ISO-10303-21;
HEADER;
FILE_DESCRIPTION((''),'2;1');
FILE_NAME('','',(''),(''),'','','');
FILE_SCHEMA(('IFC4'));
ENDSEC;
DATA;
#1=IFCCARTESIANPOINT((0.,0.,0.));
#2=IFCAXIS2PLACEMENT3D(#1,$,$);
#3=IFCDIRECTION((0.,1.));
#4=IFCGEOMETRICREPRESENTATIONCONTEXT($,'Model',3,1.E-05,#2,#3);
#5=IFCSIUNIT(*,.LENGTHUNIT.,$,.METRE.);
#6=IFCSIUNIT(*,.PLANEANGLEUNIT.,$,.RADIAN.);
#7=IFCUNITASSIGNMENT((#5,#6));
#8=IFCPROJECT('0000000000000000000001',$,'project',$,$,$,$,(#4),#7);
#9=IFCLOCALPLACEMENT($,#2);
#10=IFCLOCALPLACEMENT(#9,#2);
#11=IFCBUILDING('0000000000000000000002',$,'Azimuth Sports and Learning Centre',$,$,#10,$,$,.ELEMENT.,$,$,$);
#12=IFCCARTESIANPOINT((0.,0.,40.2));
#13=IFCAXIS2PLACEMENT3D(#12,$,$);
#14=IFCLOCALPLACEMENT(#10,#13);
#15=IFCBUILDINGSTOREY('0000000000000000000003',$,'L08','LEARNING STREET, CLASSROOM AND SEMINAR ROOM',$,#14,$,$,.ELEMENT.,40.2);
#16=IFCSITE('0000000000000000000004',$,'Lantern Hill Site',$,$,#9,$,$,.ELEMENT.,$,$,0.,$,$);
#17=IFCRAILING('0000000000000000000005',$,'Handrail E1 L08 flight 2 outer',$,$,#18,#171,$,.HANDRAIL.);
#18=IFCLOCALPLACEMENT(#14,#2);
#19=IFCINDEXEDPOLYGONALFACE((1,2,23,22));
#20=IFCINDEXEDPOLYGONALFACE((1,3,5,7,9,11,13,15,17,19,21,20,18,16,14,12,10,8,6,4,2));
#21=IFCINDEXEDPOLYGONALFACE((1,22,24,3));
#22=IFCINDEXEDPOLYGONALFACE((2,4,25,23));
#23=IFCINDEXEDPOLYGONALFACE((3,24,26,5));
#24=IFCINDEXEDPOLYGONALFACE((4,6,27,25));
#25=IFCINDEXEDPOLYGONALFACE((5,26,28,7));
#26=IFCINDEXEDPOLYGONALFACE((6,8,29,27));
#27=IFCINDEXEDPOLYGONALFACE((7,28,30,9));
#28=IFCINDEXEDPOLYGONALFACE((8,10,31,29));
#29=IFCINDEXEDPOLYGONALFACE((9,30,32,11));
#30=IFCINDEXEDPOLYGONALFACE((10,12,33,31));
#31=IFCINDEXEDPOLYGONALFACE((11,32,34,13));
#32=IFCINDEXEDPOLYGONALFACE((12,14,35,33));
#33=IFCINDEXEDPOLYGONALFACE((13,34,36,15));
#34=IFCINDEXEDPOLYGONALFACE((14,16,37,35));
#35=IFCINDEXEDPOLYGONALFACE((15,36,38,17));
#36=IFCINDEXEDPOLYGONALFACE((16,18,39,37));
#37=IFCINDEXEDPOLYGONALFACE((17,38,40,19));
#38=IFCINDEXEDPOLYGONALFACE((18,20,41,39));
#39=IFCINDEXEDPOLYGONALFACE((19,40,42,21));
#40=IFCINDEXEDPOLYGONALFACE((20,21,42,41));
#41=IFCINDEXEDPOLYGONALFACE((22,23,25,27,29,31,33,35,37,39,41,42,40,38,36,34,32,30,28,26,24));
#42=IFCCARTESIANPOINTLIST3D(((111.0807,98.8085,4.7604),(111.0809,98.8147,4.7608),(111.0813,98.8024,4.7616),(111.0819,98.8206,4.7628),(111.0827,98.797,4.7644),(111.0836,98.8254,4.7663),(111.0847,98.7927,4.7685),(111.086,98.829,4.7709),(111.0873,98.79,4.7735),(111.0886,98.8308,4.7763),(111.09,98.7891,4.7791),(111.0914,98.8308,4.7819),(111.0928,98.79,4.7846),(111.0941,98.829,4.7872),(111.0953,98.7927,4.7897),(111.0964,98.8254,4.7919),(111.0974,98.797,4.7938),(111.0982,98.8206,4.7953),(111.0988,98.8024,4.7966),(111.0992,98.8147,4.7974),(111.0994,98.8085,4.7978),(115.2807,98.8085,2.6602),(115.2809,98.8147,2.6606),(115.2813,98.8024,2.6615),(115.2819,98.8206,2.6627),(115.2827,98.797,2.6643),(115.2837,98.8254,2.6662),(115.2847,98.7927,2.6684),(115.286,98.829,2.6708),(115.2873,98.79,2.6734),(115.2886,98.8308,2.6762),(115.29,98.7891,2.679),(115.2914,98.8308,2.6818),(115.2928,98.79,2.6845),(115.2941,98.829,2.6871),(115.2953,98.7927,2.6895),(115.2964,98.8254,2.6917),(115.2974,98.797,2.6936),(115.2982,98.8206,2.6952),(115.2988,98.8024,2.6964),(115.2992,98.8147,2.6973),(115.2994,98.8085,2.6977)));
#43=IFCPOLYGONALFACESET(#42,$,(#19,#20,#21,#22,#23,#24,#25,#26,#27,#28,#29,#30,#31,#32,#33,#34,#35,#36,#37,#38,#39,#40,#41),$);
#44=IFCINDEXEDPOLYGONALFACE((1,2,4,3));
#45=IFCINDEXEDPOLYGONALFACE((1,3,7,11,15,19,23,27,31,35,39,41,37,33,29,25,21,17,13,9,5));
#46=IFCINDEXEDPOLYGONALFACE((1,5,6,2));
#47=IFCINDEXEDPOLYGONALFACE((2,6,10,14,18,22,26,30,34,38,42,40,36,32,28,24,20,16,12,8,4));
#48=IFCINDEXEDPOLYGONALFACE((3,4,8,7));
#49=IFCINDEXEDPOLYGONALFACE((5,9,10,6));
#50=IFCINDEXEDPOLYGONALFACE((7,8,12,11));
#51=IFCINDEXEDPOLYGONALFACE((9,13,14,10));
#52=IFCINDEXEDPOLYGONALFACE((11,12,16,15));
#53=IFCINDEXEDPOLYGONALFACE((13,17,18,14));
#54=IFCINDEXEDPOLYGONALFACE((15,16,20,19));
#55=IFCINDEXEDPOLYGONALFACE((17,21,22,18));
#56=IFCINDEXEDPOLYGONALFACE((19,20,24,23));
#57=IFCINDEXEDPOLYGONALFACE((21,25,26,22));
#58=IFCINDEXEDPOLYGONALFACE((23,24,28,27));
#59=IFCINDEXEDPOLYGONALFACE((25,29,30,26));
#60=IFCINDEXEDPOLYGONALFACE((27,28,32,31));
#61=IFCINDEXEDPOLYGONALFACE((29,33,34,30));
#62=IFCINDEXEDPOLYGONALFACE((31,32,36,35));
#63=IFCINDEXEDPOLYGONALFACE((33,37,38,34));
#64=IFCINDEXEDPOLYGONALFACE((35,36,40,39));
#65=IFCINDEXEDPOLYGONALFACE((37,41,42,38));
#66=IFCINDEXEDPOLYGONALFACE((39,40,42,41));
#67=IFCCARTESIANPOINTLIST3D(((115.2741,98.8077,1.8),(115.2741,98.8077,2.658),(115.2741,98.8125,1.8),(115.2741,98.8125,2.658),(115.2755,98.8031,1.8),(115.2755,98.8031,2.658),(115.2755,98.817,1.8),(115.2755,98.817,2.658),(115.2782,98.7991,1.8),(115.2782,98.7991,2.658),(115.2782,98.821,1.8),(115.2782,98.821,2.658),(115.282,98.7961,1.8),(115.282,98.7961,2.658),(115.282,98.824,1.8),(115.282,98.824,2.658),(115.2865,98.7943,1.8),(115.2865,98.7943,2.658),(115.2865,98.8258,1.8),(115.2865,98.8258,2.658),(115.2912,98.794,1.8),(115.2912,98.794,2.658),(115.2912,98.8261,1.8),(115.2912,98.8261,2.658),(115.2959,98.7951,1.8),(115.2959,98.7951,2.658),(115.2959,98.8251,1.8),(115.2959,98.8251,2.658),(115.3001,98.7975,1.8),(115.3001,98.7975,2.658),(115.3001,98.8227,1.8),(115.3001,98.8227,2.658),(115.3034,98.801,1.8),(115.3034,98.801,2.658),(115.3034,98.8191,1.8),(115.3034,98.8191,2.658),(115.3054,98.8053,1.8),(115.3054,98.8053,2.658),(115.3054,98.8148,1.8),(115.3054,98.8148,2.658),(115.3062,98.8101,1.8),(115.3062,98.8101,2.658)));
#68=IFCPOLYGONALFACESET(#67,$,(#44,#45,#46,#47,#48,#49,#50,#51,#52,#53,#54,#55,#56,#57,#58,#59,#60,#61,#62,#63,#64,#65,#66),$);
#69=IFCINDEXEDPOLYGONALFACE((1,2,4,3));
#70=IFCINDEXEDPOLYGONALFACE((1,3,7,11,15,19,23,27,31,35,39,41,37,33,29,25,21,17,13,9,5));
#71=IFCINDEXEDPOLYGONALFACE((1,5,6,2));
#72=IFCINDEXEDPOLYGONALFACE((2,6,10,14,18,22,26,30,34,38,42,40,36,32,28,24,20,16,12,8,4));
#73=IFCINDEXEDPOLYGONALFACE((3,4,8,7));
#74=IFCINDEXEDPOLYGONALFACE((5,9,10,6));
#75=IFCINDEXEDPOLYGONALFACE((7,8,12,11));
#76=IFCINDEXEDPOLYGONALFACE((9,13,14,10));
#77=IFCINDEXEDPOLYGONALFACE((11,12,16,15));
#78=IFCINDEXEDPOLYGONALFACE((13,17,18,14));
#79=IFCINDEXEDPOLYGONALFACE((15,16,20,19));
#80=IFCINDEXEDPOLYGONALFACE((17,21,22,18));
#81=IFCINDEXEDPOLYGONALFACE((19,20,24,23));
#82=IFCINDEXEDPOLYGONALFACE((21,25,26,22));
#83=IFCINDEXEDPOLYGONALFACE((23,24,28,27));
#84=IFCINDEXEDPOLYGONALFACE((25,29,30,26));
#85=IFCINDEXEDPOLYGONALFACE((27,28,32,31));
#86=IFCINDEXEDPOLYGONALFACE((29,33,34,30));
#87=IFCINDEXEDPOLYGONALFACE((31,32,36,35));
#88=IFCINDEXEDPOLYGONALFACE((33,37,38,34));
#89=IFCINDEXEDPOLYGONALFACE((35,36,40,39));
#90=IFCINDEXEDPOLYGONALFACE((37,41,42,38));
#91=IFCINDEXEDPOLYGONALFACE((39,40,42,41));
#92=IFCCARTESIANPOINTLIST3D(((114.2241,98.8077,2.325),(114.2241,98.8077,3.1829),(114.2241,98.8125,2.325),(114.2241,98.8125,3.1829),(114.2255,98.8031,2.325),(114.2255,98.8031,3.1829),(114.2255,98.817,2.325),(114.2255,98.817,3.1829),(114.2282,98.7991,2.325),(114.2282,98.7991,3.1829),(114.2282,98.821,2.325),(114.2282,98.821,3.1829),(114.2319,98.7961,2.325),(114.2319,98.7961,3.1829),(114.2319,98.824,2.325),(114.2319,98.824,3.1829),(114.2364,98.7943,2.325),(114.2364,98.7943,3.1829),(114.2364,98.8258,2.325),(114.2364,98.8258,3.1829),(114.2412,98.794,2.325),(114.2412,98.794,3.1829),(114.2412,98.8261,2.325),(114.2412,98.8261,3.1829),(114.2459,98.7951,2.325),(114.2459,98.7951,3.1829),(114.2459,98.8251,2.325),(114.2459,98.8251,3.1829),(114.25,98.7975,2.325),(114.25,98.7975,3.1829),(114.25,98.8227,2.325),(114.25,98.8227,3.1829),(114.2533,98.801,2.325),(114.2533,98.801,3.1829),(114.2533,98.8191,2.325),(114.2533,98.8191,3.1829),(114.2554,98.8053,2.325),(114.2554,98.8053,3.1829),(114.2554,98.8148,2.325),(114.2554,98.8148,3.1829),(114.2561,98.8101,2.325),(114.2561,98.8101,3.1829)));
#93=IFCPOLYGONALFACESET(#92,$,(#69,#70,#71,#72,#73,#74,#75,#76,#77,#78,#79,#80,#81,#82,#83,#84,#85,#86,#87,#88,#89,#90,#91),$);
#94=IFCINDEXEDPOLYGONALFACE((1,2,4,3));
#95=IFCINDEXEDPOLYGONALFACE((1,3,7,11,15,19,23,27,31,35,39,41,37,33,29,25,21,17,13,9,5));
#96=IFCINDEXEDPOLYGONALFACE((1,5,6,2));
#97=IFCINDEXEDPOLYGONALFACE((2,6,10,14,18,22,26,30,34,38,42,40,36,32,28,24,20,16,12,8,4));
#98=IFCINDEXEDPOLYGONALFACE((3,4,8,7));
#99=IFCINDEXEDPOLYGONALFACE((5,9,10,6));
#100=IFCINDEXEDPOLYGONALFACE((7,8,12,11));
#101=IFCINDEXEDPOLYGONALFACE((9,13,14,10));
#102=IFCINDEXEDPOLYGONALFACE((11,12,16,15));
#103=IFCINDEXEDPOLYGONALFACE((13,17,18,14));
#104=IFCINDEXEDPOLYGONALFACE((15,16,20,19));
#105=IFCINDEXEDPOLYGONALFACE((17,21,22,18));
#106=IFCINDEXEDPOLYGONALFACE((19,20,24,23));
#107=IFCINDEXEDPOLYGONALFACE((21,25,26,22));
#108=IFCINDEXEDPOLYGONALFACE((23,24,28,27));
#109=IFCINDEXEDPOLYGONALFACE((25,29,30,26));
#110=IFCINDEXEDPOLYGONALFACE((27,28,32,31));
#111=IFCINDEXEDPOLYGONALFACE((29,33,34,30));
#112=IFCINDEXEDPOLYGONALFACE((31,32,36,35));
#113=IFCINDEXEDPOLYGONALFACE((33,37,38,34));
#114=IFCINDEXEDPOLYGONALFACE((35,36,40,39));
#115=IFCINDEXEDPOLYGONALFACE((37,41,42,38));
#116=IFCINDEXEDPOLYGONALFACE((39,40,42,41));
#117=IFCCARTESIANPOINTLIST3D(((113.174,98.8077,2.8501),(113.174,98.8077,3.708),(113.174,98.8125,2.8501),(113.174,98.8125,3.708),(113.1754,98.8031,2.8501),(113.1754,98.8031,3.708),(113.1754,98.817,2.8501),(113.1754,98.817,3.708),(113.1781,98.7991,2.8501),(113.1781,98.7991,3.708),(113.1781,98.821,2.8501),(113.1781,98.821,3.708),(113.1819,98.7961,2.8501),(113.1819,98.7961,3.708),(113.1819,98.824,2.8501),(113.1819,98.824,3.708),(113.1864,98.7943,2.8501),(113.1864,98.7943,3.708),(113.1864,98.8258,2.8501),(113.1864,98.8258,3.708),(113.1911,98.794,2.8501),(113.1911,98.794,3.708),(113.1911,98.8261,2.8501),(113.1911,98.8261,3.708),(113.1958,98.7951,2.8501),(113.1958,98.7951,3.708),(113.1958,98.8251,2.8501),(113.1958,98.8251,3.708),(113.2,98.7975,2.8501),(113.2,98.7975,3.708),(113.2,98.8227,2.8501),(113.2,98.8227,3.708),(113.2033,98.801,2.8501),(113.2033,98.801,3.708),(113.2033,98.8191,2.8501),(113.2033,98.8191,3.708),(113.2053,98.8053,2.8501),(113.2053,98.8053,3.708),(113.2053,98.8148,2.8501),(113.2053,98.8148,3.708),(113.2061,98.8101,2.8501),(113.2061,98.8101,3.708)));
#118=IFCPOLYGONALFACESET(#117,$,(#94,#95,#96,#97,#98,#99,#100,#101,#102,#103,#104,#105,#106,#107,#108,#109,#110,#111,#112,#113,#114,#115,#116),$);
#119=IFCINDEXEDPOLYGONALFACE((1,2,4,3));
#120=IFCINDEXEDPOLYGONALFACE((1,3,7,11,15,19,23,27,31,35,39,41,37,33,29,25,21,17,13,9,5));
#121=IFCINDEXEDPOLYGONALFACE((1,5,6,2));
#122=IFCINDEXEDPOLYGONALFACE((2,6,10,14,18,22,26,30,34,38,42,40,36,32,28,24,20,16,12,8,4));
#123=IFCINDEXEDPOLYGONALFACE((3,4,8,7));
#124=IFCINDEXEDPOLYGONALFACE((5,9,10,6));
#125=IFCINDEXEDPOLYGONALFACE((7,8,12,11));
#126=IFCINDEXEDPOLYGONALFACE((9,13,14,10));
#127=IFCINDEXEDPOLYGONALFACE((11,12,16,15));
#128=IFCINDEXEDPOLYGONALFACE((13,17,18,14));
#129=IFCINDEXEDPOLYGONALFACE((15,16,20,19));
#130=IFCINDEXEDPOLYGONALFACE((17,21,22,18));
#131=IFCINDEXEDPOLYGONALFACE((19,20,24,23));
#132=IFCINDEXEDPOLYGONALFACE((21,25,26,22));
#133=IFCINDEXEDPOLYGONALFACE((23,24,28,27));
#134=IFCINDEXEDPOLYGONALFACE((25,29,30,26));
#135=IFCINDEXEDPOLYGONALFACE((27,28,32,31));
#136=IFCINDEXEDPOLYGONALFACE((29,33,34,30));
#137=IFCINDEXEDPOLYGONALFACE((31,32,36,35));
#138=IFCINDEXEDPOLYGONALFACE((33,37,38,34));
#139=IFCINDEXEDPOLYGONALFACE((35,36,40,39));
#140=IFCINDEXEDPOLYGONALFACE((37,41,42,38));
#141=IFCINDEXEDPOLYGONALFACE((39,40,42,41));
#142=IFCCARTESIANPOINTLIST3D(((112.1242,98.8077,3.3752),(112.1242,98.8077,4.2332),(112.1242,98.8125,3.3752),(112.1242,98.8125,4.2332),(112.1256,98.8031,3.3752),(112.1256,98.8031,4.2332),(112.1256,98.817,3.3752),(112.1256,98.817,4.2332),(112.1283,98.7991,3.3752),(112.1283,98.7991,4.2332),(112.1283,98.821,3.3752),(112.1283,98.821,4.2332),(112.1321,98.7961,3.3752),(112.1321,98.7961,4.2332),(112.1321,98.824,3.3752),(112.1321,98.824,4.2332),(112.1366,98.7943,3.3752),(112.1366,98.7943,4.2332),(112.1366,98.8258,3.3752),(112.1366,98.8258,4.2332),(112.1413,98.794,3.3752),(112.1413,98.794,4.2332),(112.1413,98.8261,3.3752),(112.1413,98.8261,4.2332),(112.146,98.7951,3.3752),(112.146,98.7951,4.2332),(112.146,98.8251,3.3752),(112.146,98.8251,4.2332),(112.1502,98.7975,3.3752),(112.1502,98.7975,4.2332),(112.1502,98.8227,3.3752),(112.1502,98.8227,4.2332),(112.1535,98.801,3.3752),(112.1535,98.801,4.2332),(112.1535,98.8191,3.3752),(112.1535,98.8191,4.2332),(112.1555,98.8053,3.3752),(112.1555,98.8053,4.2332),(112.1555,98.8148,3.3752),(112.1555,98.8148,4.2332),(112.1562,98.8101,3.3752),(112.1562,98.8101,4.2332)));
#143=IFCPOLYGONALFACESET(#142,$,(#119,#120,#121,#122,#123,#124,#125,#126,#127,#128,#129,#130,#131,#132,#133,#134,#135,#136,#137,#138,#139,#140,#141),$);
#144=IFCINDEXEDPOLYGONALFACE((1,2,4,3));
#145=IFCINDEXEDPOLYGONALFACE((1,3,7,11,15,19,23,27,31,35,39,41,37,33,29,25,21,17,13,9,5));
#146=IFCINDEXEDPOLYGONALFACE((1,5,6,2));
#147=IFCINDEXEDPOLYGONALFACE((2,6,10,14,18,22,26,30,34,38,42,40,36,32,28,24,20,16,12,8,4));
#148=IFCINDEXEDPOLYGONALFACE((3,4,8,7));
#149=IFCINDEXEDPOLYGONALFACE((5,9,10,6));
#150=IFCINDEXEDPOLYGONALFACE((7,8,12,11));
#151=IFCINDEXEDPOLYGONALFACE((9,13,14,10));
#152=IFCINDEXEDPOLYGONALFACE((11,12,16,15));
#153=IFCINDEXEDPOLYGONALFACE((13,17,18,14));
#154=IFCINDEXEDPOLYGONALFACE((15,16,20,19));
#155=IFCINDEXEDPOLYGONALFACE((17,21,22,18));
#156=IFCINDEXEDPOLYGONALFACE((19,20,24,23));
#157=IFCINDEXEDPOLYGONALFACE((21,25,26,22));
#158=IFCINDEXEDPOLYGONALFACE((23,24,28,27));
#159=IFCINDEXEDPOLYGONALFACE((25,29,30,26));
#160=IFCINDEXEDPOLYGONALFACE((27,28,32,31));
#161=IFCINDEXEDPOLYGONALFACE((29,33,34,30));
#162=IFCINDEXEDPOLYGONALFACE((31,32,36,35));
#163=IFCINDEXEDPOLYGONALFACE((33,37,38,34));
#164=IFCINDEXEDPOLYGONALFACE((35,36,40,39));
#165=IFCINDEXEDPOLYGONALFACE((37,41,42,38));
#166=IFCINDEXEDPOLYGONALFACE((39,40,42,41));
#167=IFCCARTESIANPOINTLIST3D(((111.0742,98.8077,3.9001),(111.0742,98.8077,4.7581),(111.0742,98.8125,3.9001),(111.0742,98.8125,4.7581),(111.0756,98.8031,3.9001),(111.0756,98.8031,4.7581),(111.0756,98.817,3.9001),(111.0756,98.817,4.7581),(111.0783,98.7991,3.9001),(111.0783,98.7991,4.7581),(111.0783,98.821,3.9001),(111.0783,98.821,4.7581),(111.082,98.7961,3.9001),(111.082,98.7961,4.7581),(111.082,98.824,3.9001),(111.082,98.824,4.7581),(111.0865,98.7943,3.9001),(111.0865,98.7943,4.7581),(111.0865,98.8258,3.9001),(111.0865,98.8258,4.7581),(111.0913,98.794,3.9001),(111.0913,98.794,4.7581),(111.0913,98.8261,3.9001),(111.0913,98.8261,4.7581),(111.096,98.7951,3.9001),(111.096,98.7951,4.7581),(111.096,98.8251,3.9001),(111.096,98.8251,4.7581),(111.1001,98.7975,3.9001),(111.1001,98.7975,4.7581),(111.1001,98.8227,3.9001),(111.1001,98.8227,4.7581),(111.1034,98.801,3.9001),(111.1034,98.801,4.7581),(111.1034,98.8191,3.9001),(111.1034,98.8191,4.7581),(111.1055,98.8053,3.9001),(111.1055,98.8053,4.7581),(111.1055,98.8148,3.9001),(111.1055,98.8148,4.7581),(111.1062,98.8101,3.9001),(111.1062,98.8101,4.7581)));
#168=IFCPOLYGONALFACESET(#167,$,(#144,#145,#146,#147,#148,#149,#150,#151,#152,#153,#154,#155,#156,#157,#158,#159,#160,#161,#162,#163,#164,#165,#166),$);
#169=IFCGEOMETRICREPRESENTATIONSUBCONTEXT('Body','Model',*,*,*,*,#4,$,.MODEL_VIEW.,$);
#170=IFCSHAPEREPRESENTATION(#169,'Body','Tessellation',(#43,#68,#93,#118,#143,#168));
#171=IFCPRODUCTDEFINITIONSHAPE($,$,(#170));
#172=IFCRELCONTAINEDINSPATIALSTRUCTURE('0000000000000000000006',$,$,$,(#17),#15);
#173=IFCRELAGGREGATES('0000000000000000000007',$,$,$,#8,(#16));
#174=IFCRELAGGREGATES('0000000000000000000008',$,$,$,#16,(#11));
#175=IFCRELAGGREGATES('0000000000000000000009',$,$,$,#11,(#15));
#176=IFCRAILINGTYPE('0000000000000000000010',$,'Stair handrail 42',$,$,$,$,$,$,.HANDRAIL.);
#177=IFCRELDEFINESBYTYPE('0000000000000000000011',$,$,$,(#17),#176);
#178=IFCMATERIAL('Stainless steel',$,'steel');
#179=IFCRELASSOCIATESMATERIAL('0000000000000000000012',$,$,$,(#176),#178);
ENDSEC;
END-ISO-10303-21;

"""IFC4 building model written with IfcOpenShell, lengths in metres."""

from ifc_helpers import new_model, si_unit, direction, frame, origin, origin_2d, place, context, subcontext, project, spatial, circle, extrude, material, type_object, element, save


model = new_model("IFC4")

# Units and contexts
model_context = context("Model", 3, precision=1e-05, world=origin(), true_north=direction((0.0, 1.0)))
body_context = subcontext(model_context, "Body", "Model", "MODEL_VIEW")
ifc_project = project(units=[si_unit("LENGTHUNIT", "METRE"), si_unit("PLANEANGLEUNIT", "RADIAN")], contexts=[model_context])

# Site, building, storey
site_placement = place(None, origin())
site = spatial("IfcSite", under=ifc_project, at=site_placement, Name="Lantern Hill Site", CompositionType="ELEMENT", RefElevation=0.0)
building_placement = place(site_placement, origin())
building = spatial("IfcBuilding", under=site, at=building_placement, Name="Azimuth Sports and Learning Centre", CompositionType="ELEMENT")
storey_placement = place(building_placement, frame((0.0, 0.0, 40.2)))
storey = spatial("IfcBuildingStorey", under=building, at=storey_placement, Name="L08", Description="LEARNING STREET, CLASSROOM AND SEMINAR ROOM", CompositionType="ELEMENT", Elevation=40.2)

# Railing
ifc_material_1 = material(Name="Stainless steel", Category="steel")
railing_type_1 = type_object("IfcRailingType", Name="Stair handrail 42", PredefinedType="HANDRAIL", material=ifc_material_1)
for number, where, name in (
    (1, (115.29, 98.8101, 1.8), "Handrail E1 L08 flight 2 outer"),
):
    element("IfcRailing", number, at=place(storey_placement, frame(where)), inside=storey, type_object=railing_type_1, Name=name, PredefinedType="HANDRAIL", context=body_context, shape_type="SweptSolid", body=[
        extrude(circle(Radius=0.021, at=origin_2d()), frame((0.0, 0.0, 0.8789), z_axis=(-0.894417, 0.0, 0.447234), x_axis=(0.0, -1.0, 0.0)), (0.0, 0.0, 1.0), 4.6958),
        extrude(circle(Radius=0.0161, at=origin_2d()), origin(), (0.0, 0.0, 1.0), 0.8579),
        extrude(circle(Radius=0.0161, at=origin_2d()), frame((-1.05, 0.0, 0.5249)), (0.0, 0.0, 1.0), 0.8579),
        extrude(circle(Radius=0.0161, at=origin_2d()), frame((-2.1001, 0.0, 1.05)), (0.0, 0.0, 1.0), 0.8579),
        extrude(circle(Radius=0.0161, at=origin_2d()), frame((-3.1499, 0.0, 1.5752)), (0.0, 0.0, 1.0), 0.8579),
        extrude(circle(Radius=0.0161, at=origin_2d()), frame((-4.2, 0.0, 2.1001)), (0.0, 0.0, 1.0), 0.8579),
    ])

save(model, "model.ifc")
